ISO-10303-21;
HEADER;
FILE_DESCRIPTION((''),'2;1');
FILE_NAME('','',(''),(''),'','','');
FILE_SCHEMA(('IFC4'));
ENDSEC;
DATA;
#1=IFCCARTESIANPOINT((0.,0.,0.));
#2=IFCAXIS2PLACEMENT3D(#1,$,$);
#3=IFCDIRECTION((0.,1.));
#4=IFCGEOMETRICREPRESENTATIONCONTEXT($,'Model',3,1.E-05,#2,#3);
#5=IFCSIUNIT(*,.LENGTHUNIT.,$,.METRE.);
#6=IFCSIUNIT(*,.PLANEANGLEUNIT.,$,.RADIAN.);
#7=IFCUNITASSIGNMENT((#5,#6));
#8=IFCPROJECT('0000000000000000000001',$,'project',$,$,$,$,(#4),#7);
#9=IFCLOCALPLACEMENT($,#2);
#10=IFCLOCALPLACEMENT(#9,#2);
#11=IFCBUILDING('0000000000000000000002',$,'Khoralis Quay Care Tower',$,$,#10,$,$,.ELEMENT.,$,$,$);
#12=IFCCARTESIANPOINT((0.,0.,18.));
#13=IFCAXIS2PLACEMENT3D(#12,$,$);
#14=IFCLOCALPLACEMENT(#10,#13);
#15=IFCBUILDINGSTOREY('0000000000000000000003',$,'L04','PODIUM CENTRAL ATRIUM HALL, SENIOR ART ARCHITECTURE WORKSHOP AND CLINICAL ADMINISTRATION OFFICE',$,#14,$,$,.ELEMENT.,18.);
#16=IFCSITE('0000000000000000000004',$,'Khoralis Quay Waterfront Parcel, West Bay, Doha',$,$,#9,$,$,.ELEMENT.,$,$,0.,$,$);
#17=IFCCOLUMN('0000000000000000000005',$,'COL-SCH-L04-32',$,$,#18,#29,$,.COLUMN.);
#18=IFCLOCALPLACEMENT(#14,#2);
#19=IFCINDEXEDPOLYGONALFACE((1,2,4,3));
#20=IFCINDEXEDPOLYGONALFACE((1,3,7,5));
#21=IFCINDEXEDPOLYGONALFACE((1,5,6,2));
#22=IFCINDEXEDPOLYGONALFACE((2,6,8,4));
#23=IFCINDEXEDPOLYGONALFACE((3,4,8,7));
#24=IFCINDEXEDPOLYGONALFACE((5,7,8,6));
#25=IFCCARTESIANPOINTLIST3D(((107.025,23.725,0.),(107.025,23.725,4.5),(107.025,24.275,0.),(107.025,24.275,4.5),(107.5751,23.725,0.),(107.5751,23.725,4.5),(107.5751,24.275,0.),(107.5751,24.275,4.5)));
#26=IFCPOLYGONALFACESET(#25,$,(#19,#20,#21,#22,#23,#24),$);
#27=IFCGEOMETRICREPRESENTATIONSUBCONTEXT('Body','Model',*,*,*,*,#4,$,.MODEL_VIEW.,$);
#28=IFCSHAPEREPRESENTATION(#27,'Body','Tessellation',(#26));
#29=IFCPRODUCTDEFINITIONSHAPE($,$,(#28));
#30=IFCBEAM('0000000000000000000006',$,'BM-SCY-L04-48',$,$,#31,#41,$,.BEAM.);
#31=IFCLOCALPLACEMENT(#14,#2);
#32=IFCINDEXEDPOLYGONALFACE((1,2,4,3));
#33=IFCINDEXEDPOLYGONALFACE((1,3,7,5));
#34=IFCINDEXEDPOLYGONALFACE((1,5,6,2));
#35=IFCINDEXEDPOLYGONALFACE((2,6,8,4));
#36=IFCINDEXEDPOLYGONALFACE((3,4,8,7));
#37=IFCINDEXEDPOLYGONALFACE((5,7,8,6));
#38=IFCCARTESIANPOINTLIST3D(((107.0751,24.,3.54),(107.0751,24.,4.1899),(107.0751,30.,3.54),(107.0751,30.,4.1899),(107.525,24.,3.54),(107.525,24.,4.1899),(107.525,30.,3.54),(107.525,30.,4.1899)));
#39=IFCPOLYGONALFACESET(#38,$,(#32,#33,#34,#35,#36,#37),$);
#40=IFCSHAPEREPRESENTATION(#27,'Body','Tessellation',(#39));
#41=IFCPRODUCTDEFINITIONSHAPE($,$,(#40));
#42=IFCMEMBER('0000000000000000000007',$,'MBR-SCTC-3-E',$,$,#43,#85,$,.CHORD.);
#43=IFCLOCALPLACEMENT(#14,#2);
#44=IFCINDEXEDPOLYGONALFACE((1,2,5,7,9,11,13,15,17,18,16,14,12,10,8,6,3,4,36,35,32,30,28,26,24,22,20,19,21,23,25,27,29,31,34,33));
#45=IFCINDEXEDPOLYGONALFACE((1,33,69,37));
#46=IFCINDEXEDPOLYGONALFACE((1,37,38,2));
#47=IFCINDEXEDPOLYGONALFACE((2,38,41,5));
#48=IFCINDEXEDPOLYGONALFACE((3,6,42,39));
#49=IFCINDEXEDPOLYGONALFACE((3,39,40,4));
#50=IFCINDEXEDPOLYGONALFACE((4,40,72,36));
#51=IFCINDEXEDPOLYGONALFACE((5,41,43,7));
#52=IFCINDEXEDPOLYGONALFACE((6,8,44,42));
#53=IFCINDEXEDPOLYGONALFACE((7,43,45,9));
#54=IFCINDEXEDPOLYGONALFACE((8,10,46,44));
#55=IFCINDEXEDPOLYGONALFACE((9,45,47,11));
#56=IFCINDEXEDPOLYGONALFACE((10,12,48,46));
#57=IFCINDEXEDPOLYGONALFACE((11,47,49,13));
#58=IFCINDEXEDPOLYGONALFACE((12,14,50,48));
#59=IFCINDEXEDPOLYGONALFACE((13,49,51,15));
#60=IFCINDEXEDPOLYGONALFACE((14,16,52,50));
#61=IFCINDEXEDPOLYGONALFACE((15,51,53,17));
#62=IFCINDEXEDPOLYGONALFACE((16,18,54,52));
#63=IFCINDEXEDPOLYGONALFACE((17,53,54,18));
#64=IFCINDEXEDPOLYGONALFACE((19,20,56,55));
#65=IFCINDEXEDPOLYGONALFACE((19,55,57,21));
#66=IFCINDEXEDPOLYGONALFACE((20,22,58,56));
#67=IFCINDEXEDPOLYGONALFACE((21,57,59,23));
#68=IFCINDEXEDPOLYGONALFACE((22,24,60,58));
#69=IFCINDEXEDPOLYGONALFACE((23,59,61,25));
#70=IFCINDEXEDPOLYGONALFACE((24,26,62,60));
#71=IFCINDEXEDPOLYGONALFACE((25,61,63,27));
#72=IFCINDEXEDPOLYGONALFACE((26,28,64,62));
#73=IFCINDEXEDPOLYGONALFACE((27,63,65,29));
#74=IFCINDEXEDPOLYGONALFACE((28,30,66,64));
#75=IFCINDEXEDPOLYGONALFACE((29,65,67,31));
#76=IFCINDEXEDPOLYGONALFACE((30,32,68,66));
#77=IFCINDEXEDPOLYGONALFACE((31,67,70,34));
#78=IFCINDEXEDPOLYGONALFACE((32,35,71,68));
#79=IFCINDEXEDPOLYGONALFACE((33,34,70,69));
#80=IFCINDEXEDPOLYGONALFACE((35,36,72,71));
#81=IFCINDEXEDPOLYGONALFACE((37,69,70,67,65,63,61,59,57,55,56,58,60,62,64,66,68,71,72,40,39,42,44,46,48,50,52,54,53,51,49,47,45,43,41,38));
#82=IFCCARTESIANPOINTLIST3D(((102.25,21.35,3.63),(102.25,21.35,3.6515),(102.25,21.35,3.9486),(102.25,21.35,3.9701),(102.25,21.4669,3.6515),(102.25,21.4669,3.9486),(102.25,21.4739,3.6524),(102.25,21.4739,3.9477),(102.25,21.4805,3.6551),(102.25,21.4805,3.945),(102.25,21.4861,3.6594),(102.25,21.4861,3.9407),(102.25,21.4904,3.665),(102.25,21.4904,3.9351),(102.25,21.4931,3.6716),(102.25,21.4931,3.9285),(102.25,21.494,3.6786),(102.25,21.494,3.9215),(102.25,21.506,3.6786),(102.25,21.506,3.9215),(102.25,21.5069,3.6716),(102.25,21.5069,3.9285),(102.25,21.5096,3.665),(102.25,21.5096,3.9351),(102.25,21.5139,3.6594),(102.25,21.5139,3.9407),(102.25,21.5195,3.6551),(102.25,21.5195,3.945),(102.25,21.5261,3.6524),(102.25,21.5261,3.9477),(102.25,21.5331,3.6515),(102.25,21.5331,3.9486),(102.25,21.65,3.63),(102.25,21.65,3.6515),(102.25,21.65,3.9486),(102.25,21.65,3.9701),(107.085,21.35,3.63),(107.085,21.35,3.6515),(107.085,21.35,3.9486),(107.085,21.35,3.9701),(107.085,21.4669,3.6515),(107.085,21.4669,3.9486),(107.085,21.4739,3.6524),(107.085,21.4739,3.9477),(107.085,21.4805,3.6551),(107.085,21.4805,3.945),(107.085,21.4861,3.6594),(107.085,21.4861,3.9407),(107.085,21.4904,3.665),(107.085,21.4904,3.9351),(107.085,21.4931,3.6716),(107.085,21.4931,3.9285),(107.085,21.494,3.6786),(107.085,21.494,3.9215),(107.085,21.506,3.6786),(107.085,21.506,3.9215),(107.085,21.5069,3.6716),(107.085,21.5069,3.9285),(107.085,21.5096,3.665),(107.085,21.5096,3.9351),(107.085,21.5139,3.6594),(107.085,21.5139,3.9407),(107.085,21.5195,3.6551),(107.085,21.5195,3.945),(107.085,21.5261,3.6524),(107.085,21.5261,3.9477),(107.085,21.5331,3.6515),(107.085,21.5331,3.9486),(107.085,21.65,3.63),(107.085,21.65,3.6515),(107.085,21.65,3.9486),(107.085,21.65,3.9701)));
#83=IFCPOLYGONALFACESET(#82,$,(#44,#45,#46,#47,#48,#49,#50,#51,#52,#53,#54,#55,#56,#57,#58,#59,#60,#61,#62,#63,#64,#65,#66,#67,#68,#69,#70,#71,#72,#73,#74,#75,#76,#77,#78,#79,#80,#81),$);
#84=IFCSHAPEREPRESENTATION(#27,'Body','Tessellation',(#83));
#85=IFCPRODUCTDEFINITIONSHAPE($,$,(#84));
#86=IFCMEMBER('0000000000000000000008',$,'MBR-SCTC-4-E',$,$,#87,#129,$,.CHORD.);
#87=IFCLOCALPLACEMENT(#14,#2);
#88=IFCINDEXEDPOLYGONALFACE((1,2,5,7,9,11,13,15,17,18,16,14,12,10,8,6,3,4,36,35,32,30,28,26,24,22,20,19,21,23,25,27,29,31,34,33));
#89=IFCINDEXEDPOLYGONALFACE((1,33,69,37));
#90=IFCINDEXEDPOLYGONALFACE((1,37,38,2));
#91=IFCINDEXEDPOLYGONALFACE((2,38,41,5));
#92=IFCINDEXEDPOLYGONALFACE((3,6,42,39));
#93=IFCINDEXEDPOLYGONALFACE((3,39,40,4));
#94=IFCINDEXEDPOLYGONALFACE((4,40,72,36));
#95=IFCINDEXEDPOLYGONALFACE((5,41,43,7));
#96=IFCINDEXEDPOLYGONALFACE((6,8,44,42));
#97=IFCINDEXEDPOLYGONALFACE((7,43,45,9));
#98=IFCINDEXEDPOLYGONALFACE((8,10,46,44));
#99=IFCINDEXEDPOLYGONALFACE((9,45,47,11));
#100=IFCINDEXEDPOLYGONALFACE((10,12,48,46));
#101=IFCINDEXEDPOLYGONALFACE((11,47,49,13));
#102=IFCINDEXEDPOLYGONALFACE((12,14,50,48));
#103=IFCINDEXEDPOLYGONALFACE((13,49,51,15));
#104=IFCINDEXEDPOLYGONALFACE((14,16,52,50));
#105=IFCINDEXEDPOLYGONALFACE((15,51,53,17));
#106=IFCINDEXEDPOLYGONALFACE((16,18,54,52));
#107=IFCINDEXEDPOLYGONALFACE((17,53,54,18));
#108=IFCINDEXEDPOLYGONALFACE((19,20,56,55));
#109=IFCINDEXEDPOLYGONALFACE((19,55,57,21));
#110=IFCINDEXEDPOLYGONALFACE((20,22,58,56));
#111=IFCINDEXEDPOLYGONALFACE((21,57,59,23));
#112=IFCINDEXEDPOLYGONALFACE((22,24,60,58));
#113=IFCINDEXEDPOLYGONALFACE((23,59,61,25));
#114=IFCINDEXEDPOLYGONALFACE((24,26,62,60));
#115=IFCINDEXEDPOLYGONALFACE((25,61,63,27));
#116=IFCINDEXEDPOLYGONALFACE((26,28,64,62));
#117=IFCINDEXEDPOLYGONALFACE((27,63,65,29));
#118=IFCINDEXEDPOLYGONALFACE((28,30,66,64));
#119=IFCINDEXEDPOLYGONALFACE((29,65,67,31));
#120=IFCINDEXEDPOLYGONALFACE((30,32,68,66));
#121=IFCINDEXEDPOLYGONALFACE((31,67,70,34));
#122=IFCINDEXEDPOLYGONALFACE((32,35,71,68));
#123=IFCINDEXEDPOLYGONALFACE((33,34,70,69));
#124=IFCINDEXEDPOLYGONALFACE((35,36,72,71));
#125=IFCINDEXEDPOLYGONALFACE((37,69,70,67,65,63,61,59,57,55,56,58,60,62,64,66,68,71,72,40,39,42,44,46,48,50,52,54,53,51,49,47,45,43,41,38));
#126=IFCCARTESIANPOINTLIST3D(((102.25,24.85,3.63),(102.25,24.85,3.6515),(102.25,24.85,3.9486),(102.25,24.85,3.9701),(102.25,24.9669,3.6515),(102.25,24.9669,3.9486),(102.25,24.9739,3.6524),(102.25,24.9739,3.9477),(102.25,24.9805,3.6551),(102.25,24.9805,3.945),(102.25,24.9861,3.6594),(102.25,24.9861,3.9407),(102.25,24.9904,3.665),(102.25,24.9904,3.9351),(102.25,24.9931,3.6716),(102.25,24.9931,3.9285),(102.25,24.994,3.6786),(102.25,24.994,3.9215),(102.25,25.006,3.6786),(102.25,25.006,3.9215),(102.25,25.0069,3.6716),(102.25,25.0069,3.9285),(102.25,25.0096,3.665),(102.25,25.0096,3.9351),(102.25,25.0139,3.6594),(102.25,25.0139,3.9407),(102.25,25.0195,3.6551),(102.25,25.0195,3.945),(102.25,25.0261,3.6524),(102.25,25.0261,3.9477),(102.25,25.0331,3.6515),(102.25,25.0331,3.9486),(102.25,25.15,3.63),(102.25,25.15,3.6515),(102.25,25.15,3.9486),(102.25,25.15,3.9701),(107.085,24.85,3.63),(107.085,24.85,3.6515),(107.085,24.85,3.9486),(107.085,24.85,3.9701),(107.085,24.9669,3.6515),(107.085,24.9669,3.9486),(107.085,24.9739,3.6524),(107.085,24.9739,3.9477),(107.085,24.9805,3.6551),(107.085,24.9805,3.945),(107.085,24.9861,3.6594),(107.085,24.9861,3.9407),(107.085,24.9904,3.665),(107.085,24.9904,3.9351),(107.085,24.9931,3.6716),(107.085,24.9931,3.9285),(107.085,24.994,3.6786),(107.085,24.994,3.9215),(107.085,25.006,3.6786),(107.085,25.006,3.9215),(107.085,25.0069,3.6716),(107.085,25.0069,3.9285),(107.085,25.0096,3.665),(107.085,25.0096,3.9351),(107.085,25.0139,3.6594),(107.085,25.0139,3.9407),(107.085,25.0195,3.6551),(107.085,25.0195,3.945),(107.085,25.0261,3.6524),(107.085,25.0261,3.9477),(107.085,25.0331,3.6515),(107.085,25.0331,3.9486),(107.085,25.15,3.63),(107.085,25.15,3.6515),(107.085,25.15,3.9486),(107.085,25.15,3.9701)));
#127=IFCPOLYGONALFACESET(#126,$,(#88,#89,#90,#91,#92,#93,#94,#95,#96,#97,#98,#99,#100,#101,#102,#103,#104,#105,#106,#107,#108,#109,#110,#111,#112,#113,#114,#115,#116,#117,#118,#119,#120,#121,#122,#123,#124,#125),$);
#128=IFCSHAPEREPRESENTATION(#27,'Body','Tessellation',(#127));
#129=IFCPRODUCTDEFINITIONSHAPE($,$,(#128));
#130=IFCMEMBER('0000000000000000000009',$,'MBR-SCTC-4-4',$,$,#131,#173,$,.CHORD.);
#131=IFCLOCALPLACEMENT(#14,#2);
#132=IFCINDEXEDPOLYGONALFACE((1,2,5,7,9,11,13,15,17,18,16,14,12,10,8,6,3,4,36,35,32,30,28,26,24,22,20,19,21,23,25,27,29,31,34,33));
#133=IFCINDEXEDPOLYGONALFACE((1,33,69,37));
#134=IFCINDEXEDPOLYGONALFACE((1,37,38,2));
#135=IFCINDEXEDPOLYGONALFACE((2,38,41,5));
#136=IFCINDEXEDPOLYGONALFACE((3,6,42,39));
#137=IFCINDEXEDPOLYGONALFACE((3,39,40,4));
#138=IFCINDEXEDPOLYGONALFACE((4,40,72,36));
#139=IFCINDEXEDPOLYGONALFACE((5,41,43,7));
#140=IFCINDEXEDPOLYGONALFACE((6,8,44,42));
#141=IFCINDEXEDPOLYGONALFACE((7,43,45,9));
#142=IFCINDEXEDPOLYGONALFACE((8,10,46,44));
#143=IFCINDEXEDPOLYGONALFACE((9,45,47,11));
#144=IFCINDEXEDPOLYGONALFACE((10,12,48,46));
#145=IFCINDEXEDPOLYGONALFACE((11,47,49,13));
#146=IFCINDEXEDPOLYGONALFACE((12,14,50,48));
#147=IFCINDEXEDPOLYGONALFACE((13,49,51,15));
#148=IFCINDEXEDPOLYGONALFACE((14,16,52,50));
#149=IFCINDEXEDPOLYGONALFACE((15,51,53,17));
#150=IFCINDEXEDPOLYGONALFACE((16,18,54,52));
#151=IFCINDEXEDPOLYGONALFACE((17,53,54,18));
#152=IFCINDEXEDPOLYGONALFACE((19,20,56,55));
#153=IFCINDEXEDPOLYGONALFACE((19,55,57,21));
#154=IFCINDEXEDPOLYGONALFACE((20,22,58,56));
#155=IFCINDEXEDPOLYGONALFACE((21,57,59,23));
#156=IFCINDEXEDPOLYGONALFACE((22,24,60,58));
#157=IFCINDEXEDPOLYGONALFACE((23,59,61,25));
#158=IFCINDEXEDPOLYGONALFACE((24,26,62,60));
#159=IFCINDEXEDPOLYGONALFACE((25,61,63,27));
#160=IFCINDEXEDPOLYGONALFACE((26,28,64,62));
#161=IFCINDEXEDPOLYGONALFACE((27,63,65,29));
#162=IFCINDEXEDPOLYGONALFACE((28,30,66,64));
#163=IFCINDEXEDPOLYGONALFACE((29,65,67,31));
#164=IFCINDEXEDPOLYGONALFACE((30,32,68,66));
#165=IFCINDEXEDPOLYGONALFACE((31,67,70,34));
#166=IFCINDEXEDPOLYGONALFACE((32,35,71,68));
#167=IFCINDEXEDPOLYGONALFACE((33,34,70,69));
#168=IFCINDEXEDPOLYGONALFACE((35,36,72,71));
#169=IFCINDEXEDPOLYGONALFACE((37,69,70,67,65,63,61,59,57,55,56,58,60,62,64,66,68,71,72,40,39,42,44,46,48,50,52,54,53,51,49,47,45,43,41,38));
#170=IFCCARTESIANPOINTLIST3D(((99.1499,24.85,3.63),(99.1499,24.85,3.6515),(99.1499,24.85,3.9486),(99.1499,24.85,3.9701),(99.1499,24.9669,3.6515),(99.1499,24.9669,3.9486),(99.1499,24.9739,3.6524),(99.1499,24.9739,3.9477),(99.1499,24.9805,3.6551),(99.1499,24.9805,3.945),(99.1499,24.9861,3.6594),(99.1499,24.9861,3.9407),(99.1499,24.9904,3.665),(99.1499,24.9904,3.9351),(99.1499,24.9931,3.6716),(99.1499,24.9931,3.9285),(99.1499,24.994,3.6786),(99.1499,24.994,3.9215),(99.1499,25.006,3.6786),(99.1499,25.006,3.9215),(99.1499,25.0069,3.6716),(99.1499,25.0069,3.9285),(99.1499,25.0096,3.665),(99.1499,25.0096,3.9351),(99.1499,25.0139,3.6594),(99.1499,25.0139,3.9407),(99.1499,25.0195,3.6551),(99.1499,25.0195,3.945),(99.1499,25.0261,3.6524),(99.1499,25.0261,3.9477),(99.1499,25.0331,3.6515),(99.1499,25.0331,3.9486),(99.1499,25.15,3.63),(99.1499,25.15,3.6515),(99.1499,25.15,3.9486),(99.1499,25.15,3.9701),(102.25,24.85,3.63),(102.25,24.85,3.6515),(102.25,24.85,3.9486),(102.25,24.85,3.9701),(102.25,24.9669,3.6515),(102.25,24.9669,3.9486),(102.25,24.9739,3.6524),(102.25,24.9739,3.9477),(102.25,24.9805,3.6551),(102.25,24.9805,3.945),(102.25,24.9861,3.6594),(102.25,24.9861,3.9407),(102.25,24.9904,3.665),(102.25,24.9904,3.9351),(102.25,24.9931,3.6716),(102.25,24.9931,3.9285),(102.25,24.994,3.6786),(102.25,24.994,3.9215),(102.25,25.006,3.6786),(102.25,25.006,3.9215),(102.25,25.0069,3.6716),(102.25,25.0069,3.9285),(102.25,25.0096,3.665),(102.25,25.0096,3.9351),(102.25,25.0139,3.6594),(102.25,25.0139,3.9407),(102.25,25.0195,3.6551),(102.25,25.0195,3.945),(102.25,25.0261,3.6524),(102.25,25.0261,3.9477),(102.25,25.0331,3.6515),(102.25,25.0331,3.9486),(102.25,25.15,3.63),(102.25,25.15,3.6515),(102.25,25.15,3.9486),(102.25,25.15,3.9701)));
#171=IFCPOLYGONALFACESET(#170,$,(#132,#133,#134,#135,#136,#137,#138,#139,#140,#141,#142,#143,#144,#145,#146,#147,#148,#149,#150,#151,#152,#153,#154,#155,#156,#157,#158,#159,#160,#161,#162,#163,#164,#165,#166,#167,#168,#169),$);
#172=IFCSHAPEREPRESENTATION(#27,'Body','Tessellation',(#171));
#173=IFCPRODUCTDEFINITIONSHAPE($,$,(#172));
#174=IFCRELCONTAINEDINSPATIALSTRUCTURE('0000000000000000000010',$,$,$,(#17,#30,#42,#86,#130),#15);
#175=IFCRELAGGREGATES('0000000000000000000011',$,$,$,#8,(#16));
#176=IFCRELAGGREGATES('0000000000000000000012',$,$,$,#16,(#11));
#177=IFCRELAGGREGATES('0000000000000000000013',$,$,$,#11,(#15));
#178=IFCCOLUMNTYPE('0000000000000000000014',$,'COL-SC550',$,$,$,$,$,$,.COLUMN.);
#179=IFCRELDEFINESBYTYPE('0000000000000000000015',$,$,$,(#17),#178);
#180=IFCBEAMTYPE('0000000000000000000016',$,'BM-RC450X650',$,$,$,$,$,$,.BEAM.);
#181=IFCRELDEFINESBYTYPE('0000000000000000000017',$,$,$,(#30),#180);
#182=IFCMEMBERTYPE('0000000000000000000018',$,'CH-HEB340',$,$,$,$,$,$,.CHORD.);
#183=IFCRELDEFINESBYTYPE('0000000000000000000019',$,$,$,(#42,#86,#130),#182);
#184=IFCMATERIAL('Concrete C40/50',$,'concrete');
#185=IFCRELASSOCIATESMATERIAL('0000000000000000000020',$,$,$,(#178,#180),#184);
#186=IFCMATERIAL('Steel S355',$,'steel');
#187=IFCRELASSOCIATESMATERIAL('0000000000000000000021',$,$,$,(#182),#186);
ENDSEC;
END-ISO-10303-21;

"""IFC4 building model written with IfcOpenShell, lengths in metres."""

from ifc_helpers import new_model, si_unit, direction, frame, origin, origin_2d, place, context, subcontext, project, spatial, rectangle, i_section, extrude, source, transform, mapped, material, material_profile, profile_set, type_object, element, save


model = new_model("IFC4")

# Units and contexts
model_context = context("Model", 3, precision=1e-05, world=origin(), true_north=direction((0.0, 1.0)))
body_context = subcontext(model_context, "Body", "Model", "MODEL_VIEW")
ifc_project = project(units=[si_unit("LENGTHUNIT", "METRE"), si_unit("PLANEANGLEUNIT", "RADIAN")], contexts=[model_context])

# Site, building, storey
site_placement = place(None, origin())
site = spatial("IfcSite", under=ifc_project, at=site_placement, Name="Khoralis Quay Waterfront Parcel, West Bay, Doha", CompositionType="ELEMENT", RefElevation=0.0)
building_placement = place(site_placement, origin())
building = spatial("IfcBuilding", under=site, at=building_placement, Name="Khoralis Quay Care Tower", CompositionType="ELEMENT")
storey_placement = place(building_placement, frame((0.0, 0.0, 18.0)))
storey = spatial("IfcBuildingStorey", under=building, at=storey_placement, Name="L04", Description="PODIUM CENTRAL ATRIUM HALL, SENIOR ART ARCHITECTURE WORKSHOP AND CLINICAL ADMINISTRATION OFFICE", CompositionType="ELEMENT", Elevation=18.0)

# Column
ifc_material_1 = material(Name="Concrete C40/50", Category="concrete")
ifc_material_profile_1 = material_profile(ifc_material_1, rectangle(XDim=0.55, YDim=0.55, at=origin_2d()), Name="Concrete C40/50")
ifc_profile_set_1 = profile_set([ifc_material_profile_1], Name="Concrete C40/50")
column_type = type_object("IfcColumnType", Name="COL-SC550", PredefinedType="COLUMN", material=ifc_profile_set_1)
shared_shape_1 = source(origin(), body_context, "Body", "SweptSolid", [
    extrude(rectangle(XDim=0.55, YDim=0.55, at=origin_2d()), origin(), (0.0, 0.0, 1.0), 4.5),
])
column_placement = place(storey_placement, frame((107.3, 24.0, 0.0), z_axis=(0.0, 0.0, 1.0), x_axis=(1.0, 0.0, 0.0)))
element("IfcColumn", 1, at=column_placement, inside=storey, type_object=column_type, Name="COL-SCH-L04-32", PredefinedType="COLUMN", context=body_context, shape_type="MappedRepresentation", body=[
    mapped(shared_shape_1, transform((0.0, 0.0, 0.0), scale=1.0)),
])

# Beam
ifc_material_profile_2 = material_profile(ifc_material_1, rectangle(XDim=0.45, YDim=0.6499, at=origin_2d()), Name="Concrete C40/50")
ifc_profile_set_2 = profile_set([ifc_material_profile_2], Name="Concrete C40/50")
beam_type = type_object("IfcBeamType", Name="BM-RC450X650", PredefinedType="BEAM", material=ifc_profile_set_2)
shared_shape_2 = source(origin(), body_context, "Body", "SweptSolid", [
    extrude(rectangle(XDim=0.45, YDim=0.6499, at=origin_2d()), origin(), (0.0, 0.0, 1.0), 6.0),
])
beam_placement = place(storey_placement, frame((107.3, 24.0, 3.865), z_axis=(0.0, 1.0, 0.0), x_axis=(-1.0, 0.0, 0.0)))
element("IfcBeam", 2, at=beam_placement, inside=storey, type_object=beam_type, Name="BM-SCY-L04-48", PredefinedType="BEAM", context=body_context, shape_type="MappedRepresentation", body=[
    mapped(shared_shape_2, transform((0.0, 0.0, 0.0), scale=1.0)),
])

# Members
ifc_material_2 = material(Name="Steel S355", Category="steel")
ifc_material_profile_3 = material_profile(ifc_material_2, i_section(OverallWidth=0.3, OverallDepth=0.3401, WebThickness=0.012, FlangeThickness=0.0215, FilletRadius=0.0271, at=origin_2d()), Name="Steel S355")
ifc_profile_set_3 = profile_set([ifc_material_profile_3], Name="Steel S355")
member_type_1 = type_object("IfcMemberType", Name="CH-HEB340", PredefinedType="CHORD", material=ifc_profile_set_3)
shared_shape_3 = source(origin(), body_context, "Body", "SweptSolid", [
    extrude(i_section(OverallWidth=0.3, OverallDepth=0.3401, WebThickness=0.012, FlangeThickness=0.0215, FilletRadius=0.0271, at=origin_2d()), origin(), (0.0, 0.0, 1.0), 4.835),
])
for number, where, z_axis, x_axis, name in (
    (3, (102.25, 21.5, 3.8), (1.0, 0.0, 0.0), (0.0, 1.0, 0.0), "MBR-SCTC-3-E"),
    (4, (102.25, 25.0, 3.8), (1.0, 0.0, 0.0), (0.0, 1.0, 0.0), "MBR-SCTC-4-E"),
):
    element("IfcMember", number, at=place(storey_placement, frame(where, z_axis=z_axis, x_axis=x_axis)), inside=storey, type_object=member_type_1, Name=name, PredefinedType="CHORD", context=body_context, shape_type="MappedRepresentation", body=[
        mapped(shared_shape_3, transform((0.0, 0.0, 0.0), scale=1.0)),
    ])
shared_shape_4 = source(origin(), body_context, "Body", "SweptSolid", [
    extrude(i_section(OverallWidth=0.3, OverallDepth=0.3401, WebThickness=0.012, FlangeThickness=0.0215, FilletRadius=0.0271, at=origin_2d()), origin(), (0.0, 0.0, 1.0), 3.1001),
])
member_1_placement = place(storey_placement, frame((99.1499, 25.0, 3.8), z_axis=(1.0, 0.0, 0.0), x_axis=(0.0, 1.0, 0.0)))
element("IfcMember", 5, at=member_1_placement, inside=storey, type_object=member_type_1, Name="MBR-SCTC-4-4", PredefinedType="CHORD", context=body_context, shape_type="MappedRepresentation", body=[
    mapped(shared_shape_4, transform((0.0, 0.0, 0.0), scale=1.0)),
])

save(model, "model.ifc")
